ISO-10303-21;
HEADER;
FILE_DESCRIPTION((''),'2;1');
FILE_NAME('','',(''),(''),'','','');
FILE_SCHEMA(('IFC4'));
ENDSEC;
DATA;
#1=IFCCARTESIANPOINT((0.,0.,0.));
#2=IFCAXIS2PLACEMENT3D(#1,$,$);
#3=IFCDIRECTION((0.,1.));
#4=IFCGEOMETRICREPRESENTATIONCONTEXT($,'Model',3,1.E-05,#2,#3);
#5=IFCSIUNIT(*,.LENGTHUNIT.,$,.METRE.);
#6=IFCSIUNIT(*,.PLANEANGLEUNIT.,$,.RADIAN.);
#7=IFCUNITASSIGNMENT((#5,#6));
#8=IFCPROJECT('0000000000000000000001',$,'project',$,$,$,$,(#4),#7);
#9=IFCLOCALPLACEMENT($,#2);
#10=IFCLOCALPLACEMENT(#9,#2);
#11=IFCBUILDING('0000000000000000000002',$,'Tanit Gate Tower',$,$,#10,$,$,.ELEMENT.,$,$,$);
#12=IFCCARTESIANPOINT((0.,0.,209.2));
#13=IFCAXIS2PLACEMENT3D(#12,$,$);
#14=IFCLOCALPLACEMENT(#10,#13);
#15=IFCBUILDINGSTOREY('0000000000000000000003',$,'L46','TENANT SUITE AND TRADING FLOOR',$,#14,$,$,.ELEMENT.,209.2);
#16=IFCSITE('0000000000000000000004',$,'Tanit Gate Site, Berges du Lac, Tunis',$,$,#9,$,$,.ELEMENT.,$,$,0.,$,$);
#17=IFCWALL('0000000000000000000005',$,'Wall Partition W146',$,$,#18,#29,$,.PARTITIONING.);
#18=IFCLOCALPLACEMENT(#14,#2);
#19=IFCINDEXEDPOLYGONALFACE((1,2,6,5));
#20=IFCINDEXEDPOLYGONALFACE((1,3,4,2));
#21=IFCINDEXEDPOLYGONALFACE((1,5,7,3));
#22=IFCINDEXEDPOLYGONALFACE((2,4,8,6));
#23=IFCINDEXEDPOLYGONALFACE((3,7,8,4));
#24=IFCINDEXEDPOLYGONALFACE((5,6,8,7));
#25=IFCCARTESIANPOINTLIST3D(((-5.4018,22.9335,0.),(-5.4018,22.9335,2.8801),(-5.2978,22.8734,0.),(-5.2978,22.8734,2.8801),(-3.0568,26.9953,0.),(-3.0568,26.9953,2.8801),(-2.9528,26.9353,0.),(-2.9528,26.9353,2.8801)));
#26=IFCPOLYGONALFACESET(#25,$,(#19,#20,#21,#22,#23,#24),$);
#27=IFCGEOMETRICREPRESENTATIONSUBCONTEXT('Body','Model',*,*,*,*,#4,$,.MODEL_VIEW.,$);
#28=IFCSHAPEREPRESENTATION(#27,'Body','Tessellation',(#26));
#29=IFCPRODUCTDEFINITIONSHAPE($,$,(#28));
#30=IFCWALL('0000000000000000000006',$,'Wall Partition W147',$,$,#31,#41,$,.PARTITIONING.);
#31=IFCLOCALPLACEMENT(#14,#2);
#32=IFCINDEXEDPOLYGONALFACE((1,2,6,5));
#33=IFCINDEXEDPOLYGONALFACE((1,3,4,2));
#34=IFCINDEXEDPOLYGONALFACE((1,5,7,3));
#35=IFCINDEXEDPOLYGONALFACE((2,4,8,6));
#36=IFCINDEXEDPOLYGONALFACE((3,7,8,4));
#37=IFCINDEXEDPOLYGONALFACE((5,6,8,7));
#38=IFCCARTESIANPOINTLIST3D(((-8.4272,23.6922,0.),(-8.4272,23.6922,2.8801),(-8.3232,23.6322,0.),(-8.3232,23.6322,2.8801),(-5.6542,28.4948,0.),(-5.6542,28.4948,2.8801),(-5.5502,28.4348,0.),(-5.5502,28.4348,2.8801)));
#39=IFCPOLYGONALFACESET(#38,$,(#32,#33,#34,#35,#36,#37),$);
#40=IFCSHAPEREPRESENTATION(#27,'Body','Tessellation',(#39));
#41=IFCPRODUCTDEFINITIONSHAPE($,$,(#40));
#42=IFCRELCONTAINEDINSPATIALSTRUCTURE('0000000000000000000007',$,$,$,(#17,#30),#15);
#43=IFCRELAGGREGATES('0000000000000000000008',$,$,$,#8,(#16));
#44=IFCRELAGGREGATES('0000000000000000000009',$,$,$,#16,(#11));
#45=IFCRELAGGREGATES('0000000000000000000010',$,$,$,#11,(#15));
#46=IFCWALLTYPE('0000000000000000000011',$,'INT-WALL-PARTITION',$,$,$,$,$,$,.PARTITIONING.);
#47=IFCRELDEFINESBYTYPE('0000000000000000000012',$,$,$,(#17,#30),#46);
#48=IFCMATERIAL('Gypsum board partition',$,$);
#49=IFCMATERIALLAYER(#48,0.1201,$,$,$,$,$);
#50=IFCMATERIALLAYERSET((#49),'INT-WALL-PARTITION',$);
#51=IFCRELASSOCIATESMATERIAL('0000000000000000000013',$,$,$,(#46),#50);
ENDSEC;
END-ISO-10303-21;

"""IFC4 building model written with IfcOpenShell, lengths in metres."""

from ifc_helpers import new_model, si_unit, direction, frame, frame_2d, origin, place, context, subcontext, project, spatial, rectangle, extrude, material, layer, layer_set, type_object, element, save


model = new_model("IFC4")

# Units and contexts
model_context = context("Model", 3, precision=1e-05, world=origin(), true_north=direction((0.0, 1.0)))
body_context = subcontext(model_context, "Body", "Model", "MODEL_VIEW")
ifc_project = project(units=[si_unit("LENGTHUNIT", "METRE"), si_unit("PLANEANGLEUNIT", "RADIAN")], contexts=[model_context])

# Site, building, storey
site_placement = place(None, origin())
site = spatial("IfcSite", under=ifc_project, at=site_placement, Name="Tanit Gate Site, Berges du Lac, Tunis", CompositionType="ELEMENT", RefElevation=0.0)
building_placement = place(site_placement, origin())
building = spatial("IfcBuilding", under=site, at=building_placement, Name="Tanit Gate Tower", CompositionType="ELEMENT")
storey_placement = place(building_placement, frame((0.0, 0.0, 209.2)))
storey = spatial("IfcBuildingStorey", under=building, at=storey_placement, Name="L46", Description="TENANT SUITE AND TRADING FLOOR", CompositionType="ELEMENT", Elevation=209.2)

# Shared definitions
ifc_material_1 = material(Name="Gypsum board partition")
ifc_layer_1 = layer(ifc_material_1, 0.1201)
ifc_layer_set_1 = layer_set([ifc_layer_1], Name="INT-WALL-PARTITION")
wall_type_1 = type_object("IfcWallType", Name="INT-WALL-PARTITION", PredefinedType="PARTITIONING", material=ifc_layer_set_1)

# Walls
wall_1_placement = place(storey_placement, frame((-5.3499, 22.9033, 0.0), z_axis=(0.0, 0.0, 1.0), x_axis=(0.499985, 0.866034, 0.0)))
element("IfcWall", 1, at=wall_1_placement, inside=storey, type_object=wall_type_1, Name="Wall Partition W146", PredefinedType="PARTITIONING", context=body_context, shape_type="SweptSolid", body=[
    extrude(rectangle(XDim=4.6902, YDim=0.1201, at=frame_2d((2.3452, 0.0))), origin(), (0.0, 0.0, 1.0), 2.8801),
])
wall_2_placement = place(storey_placement, frame((-8.3752, 23.6621, 0.0), z_axis=(0.0, 0.0, 1.0), x_axis=(0.500031, 0.866007, 0.0)))
element("IfcWall", 2, at=wall_2_placement, inside=storey, type_object=wall_type_1, Name="Wall Partition W147", PredefinedType="PARTITIONING", context=body_context, shape_type="SweptSolid", body=[
    extrude(rectangle(XDim=5.5457, YDim=0.1201, at=frame_2d((2.7729, 0.0))), origin(), (0.0, 0.0, 1.0), 2.8801),
])

save(model, "model.ifc")
